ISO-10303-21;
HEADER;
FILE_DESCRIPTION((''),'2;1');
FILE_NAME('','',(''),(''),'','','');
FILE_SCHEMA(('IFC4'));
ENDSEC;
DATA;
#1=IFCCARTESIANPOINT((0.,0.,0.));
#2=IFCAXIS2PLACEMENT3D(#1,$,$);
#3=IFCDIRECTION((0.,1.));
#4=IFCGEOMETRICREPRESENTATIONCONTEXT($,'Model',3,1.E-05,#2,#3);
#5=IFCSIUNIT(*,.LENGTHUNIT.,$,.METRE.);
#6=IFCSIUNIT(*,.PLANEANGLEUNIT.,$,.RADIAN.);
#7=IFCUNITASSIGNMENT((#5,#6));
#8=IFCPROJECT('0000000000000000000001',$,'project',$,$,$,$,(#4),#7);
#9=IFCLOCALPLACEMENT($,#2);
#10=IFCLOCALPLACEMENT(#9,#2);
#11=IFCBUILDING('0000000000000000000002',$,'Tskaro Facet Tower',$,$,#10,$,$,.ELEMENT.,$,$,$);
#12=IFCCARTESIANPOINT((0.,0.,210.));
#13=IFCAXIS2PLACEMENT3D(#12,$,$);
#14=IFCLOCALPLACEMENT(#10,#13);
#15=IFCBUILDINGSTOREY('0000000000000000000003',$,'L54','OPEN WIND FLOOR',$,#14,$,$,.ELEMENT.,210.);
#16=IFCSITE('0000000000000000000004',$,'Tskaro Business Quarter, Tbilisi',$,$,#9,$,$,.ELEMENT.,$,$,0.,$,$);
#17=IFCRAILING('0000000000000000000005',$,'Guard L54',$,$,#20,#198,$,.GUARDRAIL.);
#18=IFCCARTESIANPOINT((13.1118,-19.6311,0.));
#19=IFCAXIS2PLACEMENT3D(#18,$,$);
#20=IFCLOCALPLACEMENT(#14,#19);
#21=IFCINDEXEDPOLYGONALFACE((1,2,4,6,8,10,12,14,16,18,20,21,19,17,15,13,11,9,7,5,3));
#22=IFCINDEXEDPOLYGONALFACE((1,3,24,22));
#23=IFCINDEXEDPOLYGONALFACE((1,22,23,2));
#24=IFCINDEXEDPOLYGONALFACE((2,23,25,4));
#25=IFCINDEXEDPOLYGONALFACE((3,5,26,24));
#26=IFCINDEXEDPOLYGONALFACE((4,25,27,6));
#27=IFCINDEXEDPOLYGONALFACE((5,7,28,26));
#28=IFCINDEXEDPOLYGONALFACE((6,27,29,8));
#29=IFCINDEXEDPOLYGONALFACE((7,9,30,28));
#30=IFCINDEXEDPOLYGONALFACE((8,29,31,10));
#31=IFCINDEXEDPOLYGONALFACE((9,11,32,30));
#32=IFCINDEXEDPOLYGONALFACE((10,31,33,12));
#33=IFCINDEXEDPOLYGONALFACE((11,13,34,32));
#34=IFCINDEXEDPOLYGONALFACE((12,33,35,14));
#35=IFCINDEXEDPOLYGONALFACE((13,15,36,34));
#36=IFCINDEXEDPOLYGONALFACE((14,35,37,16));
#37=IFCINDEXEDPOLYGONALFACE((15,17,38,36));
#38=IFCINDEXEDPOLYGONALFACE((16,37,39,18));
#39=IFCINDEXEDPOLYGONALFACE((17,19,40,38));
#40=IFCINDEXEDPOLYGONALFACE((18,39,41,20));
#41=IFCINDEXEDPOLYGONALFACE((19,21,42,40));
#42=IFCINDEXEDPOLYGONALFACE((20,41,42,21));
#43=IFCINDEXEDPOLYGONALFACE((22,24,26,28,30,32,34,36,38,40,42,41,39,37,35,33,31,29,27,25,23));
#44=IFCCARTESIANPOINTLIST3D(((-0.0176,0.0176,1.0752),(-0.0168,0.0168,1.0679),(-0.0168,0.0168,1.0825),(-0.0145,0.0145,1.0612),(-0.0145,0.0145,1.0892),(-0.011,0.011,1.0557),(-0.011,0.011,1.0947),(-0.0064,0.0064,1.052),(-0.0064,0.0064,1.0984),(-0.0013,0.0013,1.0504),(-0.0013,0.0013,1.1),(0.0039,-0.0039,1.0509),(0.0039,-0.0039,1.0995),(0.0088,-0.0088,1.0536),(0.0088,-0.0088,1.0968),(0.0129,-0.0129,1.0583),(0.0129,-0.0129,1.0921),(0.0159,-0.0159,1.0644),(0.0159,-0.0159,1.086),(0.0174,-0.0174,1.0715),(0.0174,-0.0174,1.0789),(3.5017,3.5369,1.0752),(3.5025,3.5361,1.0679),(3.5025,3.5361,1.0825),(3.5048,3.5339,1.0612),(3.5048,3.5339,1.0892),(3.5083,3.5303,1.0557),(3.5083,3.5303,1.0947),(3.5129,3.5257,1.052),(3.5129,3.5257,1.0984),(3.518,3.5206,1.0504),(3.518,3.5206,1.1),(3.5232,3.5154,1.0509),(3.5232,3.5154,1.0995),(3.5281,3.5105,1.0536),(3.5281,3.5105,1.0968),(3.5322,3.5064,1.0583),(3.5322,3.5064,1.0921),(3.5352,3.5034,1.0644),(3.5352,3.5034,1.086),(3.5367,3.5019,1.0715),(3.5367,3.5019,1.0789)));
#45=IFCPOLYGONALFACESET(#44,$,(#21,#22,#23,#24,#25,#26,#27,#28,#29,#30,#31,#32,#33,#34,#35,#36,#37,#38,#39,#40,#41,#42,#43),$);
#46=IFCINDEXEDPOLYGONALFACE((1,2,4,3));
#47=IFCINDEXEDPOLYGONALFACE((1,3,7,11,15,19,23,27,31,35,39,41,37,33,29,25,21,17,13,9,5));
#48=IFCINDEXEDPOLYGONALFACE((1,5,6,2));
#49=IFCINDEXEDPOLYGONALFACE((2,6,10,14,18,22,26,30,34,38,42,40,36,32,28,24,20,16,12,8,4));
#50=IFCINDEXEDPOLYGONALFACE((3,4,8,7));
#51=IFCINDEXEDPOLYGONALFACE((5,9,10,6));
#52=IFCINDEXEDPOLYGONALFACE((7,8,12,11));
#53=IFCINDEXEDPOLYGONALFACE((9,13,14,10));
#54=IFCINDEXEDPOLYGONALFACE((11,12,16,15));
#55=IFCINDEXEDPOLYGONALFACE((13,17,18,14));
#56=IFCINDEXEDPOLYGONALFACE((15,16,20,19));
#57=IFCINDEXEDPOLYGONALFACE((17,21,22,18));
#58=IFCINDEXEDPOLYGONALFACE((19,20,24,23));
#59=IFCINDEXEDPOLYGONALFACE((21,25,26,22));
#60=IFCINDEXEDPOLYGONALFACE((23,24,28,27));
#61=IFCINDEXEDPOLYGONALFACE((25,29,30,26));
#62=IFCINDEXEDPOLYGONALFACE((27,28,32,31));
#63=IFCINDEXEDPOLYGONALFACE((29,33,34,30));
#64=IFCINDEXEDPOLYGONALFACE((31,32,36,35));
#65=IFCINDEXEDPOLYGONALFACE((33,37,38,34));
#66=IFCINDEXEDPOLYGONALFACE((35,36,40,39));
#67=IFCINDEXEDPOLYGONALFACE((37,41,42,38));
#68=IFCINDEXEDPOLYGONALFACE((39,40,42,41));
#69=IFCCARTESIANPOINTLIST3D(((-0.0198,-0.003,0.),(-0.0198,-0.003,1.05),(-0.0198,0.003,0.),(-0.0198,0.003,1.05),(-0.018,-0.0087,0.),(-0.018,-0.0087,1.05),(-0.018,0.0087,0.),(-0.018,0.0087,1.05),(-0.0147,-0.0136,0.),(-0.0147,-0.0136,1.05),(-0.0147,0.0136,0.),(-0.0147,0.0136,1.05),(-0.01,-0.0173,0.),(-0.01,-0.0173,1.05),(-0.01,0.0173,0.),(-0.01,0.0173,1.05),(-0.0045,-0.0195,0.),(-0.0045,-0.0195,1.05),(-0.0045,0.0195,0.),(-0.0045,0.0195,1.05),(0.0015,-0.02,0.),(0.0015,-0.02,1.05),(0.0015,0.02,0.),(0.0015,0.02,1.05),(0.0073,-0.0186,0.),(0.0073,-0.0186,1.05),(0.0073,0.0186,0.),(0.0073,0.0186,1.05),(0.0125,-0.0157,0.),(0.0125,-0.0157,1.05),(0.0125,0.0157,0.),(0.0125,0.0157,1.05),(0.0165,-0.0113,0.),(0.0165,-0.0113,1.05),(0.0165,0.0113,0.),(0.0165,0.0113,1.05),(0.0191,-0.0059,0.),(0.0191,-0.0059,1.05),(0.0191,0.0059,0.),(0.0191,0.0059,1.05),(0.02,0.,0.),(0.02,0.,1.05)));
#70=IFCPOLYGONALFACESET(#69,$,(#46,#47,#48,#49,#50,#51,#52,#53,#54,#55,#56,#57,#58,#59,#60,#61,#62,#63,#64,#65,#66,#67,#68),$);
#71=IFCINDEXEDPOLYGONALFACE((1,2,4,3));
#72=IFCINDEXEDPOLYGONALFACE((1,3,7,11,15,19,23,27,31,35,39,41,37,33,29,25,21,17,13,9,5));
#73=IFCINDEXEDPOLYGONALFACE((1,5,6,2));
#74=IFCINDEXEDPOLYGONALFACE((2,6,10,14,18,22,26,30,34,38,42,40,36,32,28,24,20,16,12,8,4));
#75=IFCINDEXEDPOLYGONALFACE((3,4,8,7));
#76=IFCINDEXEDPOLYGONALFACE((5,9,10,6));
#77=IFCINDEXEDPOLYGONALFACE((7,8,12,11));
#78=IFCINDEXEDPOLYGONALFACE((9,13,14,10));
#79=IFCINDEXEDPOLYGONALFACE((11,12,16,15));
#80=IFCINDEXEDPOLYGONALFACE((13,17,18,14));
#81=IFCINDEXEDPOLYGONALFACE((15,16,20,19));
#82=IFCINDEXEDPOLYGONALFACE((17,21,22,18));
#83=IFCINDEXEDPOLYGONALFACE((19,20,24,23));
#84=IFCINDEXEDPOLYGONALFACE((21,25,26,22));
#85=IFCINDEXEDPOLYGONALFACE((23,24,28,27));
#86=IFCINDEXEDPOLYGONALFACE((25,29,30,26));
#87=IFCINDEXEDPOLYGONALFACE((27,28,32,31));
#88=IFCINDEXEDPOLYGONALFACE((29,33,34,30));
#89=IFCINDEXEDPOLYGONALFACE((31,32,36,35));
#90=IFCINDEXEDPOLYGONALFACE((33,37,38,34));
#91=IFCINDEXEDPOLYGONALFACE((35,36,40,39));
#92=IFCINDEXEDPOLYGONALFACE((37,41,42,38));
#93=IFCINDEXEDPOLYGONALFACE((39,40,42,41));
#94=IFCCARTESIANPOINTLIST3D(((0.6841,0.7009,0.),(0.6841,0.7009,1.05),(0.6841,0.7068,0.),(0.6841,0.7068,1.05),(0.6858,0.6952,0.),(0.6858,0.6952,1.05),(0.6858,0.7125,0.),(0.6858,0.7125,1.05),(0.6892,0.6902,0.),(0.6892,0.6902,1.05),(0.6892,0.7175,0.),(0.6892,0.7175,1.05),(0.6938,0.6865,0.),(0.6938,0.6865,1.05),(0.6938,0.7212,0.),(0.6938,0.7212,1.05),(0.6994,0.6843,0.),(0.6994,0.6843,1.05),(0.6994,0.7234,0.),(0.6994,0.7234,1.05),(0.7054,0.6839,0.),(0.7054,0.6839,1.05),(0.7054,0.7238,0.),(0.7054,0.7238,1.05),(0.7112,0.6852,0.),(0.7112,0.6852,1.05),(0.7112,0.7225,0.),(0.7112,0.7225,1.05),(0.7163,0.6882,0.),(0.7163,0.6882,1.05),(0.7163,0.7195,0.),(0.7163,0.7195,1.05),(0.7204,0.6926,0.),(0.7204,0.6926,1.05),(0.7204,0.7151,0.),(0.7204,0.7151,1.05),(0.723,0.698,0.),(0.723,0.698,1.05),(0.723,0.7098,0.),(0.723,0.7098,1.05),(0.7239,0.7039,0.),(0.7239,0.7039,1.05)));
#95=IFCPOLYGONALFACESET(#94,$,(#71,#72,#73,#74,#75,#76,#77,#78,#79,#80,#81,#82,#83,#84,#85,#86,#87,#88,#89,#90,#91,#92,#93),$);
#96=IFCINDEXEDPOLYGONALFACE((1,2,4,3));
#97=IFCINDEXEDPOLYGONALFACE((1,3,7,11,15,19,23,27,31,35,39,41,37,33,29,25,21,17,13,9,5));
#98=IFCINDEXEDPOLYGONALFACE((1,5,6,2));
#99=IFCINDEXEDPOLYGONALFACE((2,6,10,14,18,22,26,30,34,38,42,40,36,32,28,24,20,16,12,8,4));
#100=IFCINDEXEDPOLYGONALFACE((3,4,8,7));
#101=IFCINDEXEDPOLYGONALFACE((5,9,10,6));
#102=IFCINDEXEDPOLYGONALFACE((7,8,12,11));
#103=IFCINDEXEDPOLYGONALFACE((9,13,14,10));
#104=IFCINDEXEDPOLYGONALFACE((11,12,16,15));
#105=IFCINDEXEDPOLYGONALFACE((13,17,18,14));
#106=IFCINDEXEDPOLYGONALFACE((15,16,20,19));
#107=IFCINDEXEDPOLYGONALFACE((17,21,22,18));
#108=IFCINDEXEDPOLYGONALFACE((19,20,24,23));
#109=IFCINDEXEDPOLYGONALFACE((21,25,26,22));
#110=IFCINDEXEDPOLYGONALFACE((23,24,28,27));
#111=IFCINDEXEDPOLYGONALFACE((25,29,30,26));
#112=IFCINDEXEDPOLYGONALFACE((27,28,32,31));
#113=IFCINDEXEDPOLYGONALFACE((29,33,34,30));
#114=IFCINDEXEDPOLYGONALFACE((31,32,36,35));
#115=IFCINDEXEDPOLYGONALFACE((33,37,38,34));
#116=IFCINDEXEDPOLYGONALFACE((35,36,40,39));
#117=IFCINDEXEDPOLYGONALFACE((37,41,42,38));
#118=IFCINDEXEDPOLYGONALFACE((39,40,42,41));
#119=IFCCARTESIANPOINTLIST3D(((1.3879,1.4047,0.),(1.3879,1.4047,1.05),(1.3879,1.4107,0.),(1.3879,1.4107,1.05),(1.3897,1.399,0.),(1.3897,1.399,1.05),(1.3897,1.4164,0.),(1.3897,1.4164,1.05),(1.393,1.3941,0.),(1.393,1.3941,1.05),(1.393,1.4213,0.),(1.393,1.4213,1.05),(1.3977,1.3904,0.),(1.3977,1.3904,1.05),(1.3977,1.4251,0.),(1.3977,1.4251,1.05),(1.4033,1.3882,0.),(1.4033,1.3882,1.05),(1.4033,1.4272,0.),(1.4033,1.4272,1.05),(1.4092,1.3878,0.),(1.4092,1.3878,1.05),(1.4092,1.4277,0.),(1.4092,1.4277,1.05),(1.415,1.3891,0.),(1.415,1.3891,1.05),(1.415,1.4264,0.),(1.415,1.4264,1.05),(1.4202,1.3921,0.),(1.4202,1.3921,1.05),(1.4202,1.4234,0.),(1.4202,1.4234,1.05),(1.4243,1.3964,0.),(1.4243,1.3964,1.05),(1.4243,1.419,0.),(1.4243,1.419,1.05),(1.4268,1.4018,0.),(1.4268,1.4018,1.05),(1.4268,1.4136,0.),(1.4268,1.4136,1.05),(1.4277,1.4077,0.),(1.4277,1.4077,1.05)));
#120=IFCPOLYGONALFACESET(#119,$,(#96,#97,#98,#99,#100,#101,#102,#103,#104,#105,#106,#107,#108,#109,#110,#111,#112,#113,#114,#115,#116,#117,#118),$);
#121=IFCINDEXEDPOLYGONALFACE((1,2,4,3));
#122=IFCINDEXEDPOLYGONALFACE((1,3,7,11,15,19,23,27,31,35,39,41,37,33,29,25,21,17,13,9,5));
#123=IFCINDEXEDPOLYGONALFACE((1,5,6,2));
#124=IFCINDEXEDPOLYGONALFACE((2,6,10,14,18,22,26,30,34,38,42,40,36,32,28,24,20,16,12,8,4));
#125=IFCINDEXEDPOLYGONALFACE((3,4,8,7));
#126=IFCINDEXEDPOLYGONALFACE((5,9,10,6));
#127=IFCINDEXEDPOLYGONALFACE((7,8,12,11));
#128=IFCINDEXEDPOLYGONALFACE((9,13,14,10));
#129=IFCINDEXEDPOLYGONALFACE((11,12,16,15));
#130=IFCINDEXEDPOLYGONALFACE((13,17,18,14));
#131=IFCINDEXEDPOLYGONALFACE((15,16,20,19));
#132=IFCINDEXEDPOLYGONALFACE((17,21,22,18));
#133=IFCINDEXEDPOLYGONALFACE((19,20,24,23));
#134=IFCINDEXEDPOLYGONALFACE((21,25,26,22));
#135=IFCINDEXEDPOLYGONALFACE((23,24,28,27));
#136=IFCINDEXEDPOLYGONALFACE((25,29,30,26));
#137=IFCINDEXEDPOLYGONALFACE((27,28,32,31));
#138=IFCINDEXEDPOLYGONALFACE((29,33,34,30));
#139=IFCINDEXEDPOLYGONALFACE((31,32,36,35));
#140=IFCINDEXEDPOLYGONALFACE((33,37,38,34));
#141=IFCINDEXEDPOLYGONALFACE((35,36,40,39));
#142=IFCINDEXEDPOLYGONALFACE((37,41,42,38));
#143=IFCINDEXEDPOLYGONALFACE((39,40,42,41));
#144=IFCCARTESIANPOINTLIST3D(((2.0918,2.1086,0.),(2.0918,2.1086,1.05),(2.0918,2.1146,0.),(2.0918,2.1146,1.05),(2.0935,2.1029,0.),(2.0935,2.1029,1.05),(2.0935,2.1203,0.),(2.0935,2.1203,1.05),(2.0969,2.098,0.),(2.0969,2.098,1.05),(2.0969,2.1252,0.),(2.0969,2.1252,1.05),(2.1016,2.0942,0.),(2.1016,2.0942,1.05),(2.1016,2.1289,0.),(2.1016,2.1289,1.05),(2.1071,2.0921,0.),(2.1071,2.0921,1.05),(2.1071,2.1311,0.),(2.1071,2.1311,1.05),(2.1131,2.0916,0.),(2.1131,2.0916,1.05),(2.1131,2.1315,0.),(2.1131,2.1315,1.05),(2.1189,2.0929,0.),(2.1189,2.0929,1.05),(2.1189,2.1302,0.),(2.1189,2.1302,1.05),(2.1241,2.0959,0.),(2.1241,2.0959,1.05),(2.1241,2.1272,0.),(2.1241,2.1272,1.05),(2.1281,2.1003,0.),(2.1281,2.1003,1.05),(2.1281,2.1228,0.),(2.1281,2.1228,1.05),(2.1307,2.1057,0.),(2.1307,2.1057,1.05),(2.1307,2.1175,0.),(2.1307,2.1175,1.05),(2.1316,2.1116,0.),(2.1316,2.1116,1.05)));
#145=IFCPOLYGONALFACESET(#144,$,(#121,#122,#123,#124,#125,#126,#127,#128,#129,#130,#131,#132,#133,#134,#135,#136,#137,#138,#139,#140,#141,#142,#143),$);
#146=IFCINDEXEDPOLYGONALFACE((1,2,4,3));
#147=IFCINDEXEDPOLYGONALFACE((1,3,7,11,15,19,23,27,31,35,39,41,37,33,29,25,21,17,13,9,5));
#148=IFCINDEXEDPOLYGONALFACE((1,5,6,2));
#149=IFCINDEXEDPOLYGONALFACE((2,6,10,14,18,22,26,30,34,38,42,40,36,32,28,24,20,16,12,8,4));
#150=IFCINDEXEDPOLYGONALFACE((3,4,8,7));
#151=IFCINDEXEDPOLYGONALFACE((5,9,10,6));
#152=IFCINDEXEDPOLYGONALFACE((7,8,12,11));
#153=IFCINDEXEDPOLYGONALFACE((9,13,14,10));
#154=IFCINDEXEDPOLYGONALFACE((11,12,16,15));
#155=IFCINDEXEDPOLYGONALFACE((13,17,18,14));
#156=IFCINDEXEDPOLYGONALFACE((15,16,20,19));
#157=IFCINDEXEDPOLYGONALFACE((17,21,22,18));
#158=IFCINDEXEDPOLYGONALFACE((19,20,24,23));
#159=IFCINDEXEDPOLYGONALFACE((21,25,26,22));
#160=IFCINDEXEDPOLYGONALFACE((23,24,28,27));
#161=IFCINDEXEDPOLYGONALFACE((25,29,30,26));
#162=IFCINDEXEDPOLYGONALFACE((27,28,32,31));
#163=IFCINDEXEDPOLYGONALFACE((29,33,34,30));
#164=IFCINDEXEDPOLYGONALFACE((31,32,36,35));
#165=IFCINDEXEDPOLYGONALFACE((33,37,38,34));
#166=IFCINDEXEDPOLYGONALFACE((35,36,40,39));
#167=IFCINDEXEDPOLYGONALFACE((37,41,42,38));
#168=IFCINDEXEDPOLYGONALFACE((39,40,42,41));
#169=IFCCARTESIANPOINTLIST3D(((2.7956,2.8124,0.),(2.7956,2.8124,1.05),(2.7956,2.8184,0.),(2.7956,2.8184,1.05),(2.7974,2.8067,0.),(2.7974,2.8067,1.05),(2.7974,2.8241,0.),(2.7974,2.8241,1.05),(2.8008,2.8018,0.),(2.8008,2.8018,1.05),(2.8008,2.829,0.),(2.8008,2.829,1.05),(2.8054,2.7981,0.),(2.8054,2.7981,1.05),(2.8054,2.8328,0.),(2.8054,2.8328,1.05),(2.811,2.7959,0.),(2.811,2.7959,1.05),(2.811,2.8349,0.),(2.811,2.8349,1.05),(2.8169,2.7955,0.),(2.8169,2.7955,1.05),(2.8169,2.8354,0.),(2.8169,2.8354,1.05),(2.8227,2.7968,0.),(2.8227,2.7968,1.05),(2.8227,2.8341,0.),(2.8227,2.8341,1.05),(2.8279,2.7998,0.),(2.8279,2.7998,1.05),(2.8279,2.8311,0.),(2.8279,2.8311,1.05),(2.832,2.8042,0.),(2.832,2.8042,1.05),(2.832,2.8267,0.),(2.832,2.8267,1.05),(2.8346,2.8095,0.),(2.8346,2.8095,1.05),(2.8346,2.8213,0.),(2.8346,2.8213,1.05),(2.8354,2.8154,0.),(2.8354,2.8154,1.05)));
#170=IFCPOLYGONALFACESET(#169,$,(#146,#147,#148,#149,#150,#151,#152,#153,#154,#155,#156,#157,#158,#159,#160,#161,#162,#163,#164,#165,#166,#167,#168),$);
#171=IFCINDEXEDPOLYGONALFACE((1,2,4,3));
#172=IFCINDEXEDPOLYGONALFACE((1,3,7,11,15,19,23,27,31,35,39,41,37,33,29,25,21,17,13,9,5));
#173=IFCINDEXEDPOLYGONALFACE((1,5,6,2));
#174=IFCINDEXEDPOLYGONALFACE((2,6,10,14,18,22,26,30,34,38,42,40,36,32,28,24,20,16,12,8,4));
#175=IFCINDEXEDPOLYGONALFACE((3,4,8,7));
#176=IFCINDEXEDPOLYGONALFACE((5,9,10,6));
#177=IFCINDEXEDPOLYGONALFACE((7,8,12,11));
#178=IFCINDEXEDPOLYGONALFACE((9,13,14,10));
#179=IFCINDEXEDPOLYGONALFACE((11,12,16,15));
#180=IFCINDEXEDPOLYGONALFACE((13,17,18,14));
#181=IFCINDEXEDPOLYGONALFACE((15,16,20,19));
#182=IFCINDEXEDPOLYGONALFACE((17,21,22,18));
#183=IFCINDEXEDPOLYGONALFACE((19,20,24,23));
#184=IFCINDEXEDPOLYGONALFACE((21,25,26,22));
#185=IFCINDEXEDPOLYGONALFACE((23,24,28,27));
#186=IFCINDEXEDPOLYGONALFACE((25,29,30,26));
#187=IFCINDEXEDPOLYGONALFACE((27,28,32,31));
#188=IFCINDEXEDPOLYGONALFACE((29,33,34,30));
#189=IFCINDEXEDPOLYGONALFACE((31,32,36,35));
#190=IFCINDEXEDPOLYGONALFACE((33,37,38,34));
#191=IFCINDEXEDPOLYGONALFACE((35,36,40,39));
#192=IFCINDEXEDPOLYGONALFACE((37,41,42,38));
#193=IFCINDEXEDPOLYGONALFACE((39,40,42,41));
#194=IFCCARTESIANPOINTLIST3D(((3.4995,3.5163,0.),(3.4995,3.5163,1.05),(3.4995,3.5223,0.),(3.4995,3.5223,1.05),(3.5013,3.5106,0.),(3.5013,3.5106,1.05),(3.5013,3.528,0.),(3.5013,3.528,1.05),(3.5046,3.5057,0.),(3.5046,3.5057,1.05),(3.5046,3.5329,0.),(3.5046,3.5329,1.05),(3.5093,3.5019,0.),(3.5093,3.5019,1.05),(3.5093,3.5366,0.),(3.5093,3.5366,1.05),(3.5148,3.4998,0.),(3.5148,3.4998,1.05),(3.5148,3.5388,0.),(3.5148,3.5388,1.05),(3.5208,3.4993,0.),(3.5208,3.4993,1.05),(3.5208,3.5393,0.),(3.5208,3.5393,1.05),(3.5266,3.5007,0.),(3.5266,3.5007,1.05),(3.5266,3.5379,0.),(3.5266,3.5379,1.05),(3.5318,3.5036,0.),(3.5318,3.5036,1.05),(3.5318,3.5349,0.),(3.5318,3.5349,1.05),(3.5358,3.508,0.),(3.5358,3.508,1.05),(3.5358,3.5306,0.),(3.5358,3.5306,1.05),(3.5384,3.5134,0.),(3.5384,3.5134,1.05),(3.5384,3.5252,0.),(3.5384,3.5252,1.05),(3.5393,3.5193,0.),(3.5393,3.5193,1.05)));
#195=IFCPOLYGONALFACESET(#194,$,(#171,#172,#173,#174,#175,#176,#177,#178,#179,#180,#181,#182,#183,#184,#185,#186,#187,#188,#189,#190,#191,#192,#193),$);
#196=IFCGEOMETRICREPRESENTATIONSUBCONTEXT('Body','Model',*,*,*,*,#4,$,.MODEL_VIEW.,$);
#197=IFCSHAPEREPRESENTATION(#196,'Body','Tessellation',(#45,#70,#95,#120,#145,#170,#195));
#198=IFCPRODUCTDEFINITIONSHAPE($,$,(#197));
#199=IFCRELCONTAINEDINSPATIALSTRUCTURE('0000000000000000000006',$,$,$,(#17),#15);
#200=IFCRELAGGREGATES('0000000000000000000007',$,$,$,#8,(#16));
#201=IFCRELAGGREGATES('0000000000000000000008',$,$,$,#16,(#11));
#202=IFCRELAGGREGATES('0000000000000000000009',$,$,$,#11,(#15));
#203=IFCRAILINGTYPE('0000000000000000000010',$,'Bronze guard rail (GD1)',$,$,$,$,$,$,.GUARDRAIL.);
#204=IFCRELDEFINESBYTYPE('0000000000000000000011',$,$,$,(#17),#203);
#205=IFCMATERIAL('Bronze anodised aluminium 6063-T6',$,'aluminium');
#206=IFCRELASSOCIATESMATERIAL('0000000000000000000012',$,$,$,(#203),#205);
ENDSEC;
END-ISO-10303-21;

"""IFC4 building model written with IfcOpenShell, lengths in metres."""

from ifc_helpers import new_model, si_unit, direction, frame, origin, origin_2d, place, context, subcontext, project, spatial, circle, extrude, material, type_object, element, save


model = new_model("IFC4")

# Units and contexts
model_context = context("Model", 3, precision=1e-05, world=origin(), true_north=direction((0.0, 1.0)))
body_context = subcontext(model_context, "Body", "Model", "MODEL_VIEW")
ifc_project = project(units=[si_unit("LENGTHUNIT", "METRE"), si_unit("PLANEANGLEUNIT", "RADIAN")], contexts=[model_context])

# Site, building, storey
site_placement = place(None, origin())
site = spatial("IfcSite", under=ifc_project, at=site_placement, Name="Tskaro Business Quarter, Tbilisi", CompositionType="ELEMENT", RefElevation=0.0)
building_placement = place(site_placement, origin())
building = spatial("IfcBuilding", under=site, at=building_placement, Name="Tskaro Facet Tower", CompositionType="ELEMENT")
storey_placement = place(building_placement, frame((0.0, 0.0, 210.0)))
storey = spatial("IfcBuildingStorey", under=building, at=storey_placement, Name="L54", Description="OPEN WIND FLOOR", CompositionType="ELEMENT", Elevation=210.0)

# Railing
ifc_material_1 = material(Name="Bronze anodised aluminium 6063-T6", Category="aluminium")
railing_type = type_object("IfcRailingType", Name="Bronze guard rail (GD1)", PredefinedType="GUARDRAIL", material=ifc_material_1)
railing_1_placement = place(storey_placement, frame((13.1118, -19.6311, 0.0)))
element("IfcRailing", 1, at=railing_1_placement, inside=storey, type_object=railing_type, Name="Guard L54", PredefinedType="GUARDRAIL", context=body_context, shape_type="SweptSolid", body=[
    extrude(circle(Radius=0.0249, at=origin_2d()), frame((0.0, 0.0, 1.0752), z_axis=(0.707107, 0.707107, 0.0), x_axis=(-0.707107, 0.707107, 0.0)), (0.0, 0.0, 1.0), 4.9771),
    extrude(circle(Radius=0.02, at=origin_2d()), origin(), (0.0, 0.0, 1.0), 1.05),
    extrude(circle(Radius=0.02, at=origin_2d()), frame((0.7039, 0.7039, 0.0)), (0.0, 0.0, 1.0), 1.05),
    extrude(circle(Radius=0.02, at=origin_2d()), frame((1.4077, 1.4077, 0.0)), (0.0, 0.0, 1.0), 1.05),
    extrude(circle(Radius=0.02, at=origin_2d()), frame((2.1116, 2.1116, 0.0)), (0.0, 0.0, 1.0), 1.05),
    extrude(circle(Radius=0.02, at=origin_2d()), frame((2.8154, 2.8154, 0.0)), (0.0, 0.0, 1.0), 1.05),
    extrude(circle(Radius=0.02, at=origin_2d()), frame((3.5193, 3.5193, 0.0)), (0.0, 0.0, 1.0), 1.05),
])

save(model, "model.ifc")
